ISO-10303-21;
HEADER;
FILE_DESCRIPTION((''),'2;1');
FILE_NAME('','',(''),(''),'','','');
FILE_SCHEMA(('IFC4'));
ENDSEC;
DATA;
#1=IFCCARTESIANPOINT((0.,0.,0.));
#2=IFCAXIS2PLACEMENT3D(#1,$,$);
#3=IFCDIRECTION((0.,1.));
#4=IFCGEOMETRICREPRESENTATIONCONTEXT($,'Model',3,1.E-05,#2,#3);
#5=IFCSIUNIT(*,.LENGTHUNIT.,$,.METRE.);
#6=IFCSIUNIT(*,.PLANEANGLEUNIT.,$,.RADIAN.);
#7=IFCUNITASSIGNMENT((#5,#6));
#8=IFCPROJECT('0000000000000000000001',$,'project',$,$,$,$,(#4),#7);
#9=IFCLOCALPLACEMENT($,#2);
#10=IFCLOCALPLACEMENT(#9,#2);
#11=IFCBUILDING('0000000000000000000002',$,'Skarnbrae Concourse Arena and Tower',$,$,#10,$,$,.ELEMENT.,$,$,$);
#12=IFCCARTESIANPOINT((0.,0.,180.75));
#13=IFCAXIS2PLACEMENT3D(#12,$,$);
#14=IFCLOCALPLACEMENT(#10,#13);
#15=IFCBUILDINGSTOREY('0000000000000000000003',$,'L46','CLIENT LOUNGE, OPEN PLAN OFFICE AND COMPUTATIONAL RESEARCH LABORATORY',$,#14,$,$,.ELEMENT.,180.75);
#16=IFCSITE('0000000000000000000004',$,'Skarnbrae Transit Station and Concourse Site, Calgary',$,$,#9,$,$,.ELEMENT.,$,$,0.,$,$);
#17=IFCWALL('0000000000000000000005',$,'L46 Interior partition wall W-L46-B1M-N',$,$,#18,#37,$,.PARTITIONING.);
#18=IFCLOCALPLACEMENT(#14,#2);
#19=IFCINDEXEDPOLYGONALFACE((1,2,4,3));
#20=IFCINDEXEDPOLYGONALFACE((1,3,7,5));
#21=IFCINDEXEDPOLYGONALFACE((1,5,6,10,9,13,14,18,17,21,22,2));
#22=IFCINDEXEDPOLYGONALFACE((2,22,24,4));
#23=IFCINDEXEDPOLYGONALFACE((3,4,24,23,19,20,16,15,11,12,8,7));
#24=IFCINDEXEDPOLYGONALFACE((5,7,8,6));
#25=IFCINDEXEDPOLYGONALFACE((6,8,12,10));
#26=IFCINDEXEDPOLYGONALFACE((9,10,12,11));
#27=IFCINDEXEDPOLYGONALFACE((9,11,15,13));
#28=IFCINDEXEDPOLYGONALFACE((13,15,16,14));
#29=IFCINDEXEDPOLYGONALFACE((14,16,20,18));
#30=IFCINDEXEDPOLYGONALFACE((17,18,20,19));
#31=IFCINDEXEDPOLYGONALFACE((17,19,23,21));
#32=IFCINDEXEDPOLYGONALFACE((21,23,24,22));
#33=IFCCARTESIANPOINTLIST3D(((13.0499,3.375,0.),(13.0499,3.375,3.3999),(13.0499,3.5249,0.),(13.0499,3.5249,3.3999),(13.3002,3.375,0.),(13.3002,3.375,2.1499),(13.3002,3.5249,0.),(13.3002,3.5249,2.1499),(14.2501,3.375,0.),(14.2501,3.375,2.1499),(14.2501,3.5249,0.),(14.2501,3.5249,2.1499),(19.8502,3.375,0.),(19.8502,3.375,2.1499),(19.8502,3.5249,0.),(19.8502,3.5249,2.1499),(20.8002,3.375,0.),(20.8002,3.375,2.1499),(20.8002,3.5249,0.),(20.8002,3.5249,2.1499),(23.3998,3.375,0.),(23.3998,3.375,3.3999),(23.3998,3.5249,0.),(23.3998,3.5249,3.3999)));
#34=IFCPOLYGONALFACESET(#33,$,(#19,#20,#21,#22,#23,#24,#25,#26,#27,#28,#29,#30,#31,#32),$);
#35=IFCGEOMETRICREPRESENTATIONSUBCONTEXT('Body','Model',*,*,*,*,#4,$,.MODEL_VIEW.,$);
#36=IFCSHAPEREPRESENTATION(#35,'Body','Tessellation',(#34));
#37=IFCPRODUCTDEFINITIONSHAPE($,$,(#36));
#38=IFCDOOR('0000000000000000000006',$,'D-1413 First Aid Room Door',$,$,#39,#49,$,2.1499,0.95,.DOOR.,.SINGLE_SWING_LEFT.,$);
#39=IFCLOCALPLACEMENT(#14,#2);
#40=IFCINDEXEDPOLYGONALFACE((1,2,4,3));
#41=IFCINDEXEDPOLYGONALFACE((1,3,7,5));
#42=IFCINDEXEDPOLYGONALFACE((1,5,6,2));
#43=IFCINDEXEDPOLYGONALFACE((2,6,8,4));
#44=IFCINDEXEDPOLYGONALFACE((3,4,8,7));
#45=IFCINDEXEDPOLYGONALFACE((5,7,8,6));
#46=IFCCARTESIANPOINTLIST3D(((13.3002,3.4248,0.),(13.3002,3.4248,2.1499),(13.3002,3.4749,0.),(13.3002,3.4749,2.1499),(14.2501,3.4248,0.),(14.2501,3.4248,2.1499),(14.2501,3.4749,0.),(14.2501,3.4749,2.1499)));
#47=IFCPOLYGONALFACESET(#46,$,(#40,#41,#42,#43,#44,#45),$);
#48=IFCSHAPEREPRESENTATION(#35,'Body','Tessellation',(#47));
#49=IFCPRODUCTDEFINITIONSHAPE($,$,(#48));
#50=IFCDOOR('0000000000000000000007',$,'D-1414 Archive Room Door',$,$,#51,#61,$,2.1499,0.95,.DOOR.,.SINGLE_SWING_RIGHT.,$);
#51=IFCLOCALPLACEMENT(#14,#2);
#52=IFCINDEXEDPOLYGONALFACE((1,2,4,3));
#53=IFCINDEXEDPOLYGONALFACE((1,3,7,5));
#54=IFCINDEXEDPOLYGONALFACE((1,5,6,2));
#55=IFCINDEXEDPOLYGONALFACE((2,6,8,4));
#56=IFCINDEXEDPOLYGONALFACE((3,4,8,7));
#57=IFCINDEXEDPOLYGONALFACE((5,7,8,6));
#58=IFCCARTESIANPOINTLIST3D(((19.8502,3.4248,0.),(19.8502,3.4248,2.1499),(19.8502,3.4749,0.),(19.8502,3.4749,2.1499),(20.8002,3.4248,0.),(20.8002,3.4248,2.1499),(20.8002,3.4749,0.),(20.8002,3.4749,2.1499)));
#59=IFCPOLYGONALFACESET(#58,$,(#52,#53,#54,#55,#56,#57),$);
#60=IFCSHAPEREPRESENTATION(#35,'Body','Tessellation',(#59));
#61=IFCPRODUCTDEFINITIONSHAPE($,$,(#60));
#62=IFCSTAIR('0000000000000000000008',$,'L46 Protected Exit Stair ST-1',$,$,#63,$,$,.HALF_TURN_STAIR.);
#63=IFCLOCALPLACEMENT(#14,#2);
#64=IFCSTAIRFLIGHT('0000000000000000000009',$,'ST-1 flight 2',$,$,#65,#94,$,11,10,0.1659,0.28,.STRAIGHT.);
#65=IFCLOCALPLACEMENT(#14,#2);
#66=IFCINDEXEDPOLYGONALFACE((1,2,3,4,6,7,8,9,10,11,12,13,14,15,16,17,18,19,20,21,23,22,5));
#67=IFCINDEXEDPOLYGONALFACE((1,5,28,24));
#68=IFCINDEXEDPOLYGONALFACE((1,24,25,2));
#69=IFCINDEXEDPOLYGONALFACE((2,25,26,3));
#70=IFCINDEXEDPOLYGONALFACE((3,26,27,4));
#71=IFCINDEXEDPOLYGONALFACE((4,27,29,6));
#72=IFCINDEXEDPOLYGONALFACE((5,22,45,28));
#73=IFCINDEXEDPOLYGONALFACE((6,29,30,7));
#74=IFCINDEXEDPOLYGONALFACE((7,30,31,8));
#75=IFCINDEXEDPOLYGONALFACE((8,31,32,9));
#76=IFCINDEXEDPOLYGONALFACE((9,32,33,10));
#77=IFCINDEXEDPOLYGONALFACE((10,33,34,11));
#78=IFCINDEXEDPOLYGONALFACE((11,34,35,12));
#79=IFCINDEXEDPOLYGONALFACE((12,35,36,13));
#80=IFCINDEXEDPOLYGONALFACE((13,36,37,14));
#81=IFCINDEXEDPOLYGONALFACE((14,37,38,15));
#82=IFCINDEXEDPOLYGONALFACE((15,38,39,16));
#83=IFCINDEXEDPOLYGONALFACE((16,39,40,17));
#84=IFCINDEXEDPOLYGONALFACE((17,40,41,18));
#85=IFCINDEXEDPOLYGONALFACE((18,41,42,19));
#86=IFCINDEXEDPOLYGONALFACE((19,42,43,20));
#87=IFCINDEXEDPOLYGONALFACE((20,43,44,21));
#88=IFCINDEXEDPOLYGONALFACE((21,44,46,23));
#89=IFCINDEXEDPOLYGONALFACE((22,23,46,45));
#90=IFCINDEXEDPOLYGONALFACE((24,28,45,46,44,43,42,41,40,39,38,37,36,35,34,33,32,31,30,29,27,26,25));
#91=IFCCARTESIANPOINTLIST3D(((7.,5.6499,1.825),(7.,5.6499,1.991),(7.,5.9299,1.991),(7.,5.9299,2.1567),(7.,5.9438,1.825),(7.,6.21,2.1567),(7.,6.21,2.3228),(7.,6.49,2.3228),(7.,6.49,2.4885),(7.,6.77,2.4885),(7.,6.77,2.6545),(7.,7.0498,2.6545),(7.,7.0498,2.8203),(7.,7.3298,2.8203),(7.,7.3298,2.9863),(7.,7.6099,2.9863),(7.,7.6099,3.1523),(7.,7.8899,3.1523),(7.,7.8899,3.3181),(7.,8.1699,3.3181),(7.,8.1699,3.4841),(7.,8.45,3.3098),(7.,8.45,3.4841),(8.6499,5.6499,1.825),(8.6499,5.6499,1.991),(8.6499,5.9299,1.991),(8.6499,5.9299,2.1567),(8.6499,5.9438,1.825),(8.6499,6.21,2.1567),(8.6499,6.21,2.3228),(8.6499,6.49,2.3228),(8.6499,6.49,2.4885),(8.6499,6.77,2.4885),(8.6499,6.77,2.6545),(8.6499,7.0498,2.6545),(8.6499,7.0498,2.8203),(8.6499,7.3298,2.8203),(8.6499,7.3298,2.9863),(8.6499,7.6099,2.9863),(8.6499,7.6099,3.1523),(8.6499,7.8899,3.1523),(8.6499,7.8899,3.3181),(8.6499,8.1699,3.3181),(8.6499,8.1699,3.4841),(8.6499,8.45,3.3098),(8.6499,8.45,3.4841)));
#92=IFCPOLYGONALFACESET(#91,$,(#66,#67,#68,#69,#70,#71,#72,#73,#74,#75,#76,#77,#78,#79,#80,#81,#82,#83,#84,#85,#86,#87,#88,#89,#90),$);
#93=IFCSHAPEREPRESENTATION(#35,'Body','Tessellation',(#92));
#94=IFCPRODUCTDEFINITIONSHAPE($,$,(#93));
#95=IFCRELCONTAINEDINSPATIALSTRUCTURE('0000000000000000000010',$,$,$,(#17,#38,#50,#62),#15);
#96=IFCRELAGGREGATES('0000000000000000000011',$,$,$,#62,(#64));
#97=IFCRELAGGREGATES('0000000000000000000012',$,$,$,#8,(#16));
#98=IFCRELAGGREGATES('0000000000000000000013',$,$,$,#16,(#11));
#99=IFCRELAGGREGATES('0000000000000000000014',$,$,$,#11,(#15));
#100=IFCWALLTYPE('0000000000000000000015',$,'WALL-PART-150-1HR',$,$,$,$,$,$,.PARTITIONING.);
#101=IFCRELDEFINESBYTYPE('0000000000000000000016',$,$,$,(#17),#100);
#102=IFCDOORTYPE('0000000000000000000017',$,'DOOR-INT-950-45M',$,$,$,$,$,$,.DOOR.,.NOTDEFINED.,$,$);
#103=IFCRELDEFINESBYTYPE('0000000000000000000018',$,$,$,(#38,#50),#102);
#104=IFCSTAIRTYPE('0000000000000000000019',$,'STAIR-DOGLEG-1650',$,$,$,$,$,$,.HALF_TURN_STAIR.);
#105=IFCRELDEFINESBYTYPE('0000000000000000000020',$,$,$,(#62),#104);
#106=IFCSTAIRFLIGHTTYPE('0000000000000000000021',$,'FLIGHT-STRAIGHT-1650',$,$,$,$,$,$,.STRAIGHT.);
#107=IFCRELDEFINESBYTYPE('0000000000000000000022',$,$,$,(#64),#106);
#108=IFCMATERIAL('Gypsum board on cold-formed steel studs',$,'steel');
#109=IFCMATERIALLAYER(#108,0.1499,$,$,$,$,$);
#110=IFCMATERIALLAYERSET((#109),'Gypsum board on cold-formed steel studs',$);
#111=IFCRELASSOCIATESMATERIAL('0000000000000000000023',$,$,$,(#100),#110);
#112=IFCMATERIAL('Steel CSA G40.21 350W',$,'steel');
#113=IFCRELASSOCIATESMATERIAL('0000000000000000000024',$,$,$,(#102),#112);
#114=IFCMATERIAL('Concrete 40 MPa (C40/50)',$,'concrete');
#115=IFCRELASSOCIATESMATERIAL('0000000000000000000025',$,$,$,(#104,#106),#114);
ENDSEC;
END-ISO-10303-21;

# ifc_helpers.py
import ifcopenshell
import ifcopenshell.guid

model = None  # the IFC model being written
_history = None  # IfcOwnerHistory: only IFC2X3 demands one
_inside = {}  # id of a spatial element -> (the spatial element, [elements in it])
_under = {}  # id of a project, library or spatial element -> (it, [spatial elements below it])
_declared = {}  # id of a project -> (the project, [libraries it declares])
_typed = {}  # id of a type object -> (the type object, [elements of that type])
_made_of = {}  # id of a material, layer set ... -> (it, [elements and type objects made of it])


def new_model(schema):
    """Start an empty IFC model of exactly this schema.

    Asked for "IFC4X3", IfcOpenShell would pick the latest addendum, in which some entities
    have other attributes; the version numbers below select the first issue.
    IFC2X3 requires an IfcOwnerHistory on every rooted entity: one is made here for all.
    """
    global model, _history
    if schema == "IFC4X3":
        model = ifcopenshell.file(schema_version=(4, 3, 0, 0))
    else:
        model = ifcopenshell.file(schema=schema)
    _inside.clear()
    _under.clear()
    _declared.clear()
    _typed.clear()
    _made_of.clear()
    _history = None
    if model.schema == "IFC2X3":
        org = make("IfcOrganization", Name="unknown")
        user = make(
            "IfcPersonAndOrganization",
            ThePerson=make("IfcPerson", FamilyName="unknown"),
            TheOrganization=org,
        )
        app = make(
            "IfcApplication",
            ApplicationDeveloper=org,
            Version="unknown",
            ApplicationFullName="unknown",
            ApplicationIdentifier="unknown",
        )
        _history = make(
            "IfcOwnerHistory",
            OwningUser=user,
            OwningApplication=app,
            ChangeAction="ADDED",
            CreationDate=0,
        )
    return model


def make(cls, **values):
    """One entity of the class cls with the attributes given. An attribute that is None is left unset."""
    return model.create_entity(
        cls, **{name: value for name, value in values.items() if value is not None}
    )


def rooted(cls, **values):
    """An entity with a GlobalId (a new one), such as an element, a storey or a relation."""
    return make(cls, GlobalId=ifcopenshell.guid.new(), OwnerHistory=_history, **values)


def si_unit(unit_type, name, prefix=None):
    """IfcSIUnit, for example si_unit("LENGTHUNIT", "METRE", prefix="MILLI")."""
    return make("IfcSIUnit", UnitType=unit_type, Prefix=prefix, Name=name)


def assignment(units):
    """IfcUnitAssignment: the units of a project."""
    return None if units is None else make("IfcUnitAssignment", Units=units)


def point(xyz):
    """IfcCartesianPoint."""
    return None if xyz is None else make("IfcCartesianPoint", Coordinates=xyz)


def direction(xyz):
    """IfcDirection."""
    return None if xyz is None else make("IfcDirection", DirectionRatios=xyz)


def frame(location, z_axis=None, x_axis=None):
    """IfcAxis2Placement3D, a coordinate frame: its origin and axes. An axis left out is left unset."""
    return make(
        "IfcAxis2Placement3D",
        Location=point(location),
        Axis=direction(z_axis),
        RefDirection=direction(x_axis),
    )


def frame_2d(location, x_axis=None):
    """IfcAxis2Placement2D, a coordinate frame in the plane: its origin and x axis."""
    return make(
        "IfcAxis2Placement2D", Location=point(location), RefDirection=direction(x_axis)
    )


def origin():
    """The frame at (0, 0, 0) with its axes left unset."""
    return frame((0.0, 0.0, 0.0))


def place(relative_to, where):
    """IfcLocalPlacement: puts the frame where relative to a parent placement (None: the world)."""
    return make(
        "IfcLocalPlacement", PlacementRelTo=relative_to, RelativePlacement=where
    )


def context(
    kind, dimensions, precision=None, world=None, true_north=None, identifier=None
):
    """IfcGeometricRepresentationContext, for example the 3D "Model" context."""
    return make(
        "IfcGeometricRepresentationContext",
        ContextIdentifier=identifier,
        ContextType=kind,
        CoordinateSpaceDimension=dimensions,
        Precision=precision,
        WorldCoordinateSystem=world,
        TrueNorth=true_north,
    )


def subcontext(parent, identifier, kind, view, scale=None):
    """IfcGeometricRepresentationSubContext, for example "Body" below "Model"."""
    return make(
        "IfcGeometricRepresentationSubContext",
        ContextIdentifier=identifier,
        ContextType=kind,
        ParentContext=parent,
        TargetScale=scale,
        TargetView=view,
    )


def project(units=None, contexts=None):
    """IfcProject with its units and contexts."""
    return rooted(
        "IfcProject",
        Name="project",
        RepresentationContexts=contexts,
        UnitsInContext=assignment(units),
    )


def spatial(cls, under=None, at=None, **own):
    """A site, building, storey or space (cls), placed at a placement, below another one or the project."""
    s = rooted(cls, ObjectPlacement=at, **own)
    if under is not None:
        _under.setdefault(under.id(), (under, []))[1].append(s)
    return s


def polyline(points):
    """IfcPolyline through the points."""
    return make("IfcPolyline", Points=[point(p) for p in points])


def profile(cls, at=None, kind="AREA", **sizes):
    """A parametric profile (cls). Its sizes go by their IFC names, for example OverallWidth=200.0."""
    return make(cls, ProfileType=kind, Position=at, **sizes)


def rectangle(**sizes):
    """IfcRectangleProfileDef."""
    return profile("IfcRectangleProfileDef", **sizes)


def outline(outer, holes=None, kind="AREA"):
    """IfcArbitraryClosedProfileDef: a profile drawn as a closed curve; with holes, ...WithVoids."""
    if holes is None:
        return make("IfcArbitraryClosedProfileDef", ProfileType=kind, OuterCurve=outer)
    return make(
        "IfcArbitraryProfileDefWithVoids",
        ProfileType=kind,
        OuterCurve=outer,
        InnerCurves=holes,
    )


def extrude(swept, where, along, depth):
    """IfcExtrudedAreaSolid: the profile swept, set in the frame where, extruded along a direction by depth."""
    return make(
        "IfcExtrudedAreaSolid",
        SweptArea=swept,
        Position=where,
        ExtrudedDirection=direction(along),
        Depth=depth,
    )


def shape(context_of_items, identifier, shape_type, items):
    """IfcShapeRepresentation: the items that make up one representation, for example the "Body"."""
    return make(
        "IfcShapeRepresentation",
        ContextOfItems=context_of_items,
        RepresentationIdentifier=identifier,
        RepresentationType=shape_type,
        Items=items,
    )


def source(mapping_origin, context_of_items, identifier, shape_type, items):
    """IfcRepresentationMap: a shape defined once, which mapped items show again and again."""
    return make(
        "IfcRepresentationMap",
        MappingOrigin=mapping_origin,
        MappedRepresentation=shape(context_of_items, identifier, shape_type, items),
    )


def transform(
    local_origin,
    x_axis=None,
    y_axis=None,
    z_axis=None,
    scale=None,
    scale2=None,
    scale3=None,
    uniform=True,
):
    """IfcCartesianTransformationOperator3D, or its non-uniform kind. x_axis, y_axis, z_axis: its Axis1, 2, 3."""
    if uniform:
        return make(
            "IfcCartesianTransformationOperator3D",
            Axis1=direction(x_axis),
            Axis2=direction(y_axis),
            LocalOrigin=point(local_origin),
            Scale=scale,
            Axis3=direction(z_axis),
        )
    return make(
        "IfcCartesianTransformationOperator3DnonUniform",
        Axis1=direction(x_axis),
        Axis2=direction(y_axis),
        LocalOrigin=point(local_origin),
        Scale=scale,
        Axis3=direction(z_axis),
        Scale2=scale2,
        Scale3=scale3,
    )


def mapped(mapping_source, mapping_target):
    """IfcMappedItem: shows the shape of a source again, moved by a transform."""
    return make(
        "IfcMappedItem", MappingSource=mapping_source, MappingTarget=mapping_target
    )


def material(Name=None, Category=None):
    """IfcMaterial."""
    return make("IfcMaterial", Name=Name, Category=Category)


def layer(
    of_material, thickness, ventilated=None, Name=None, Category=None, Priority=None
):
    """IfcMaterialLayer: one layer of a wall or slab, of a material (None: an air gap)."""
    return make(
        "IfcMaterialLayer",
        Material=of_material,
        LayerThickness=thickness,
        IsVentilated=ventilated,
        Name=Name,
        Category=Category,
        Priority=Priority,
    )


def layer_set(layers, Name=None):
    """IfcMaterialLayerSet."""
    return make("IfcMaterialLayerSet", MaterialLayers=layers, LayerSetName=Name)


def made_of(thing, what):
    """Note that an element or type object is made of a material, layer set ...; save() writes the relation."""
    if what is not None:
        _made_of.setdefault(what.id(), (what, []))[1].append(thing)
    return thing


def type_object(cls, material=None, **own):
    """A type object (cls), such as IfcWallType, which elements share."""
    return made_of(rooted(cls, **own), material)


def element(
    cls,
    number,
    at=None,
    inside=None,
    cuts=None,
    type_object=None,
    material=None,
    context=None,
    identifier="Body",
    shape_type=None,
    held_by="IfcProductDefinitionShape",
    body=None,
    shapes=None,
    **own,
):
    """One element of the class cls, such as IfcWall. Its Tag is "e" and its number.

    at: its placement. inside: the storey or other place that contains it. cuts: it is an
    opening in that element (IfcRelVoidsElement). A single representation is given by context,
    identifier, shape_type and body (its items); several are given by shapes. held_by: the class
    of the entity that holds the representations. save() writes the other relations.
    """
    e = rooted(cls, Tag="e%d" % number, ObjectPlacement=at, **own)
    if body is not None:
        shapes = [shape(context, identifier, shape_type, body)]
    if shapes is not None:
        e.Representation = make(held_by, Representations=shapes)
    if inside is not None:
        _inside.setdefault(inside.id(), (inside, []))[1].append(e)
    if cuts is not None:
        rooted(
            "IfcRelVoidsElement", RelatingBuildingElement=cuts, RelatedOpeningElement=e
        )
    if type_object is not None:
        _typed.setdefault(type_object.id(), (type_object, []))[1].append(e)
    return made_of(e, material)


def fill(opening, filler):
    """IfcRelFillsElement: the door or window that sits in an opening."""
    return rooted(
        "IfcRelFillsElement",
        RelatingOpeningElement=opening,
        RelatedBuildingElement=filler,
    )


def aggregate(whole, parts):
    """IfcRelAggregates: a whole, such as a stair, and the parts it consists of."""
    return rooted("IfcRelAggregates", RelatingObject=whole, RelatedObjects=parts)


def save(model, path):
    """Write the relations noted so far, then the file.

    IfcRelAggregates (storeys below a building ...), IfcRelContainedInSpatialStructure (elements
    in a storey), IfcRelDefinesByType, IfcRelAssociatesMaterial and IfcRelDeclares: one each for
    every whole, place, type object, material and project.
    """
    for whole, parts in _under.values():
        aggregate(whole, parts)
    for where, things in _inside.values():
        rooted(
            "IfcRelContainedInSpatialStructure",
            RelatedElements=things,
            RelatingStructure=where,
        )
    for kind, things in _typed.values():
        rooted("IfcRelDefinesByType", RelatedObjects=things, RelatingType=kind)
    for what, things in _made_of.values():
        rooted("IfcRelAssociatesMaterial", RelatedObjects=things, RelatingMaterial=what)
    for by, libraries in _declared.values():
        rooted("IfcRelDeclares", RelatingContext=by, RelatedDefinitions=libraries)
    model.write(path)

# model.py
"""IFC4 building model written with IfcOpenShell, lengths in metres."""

from ifc_helpers import new_model, si_unit, direction, frame, frame_2d, origin, place, context, subcontext, project, spatial, polyline, rectangle, outline, extrude, source, transform, mapped, material, layer, layer_set, type_object, element, fill, aggregate, save


model = new_model("IFC4")

# Units and contexts
model_context = context("Model", 3, precision=1e-05, world=origin(), true_north=direction((0.0, 1.0)))
body_context = subcontext(model_context, "Body", "Model", "MODEL_VIEW")
ifc_project = project(units=[si_unit("LENGTHUNIT", "METRE"), si_unit("PLANEANGLEUNIT", "RADIAN")], contexts=[model_context])

# Site, building, storey
site_placement = place(None, origin())
site = spatial("IfcSite", under=ifc_project, at=site_placement, Name="Skarnbrae Transit Station and Concourse Site, Calgary", CompositionType="ELEMENT", RefElevation=0.0)
building_placement = place(site_placement, origin())
building = spatial("IfcBuilding", under=site, at=building_placement, Name="Skarnbrae Concourse Arena and Tower", CompositionType="ELEMENT")
storey_placement = place(building_placement, frame((0.0, 0.0, 180.75)))
storey = spatial("IfcBuildingStorey", under=building, at=storey_placement, Name="L46", Description="CLIENT LOUNGE, OPEN PLAN OFFICE AND COMPUTATIONAL RESEARCH LABORATORY", CompositionType="ELEMENT", Elevation=180.75)

# Shared definitions
ifc_material_1 = material(Name="Gypsum board on cold-formed steel studs", Category="steel")

# Shared definitions
ifc_material_2 = material(Name="Steel CSA G40.21 350W", Category="steel")

# Shared definitions
ifc_layer_1 = layer(ifc_material_1, 0.1499)
ifc_layer_set_1 = layer_set([ifc_layer_1], Name="Gypsum board on cold-formed steel studs")
wall_type_1 = type_object("IfcWallType", Name="WALL-PART-150-1HR", PredefinedType="PARTITIONING", material=ifc_layer_set_1)

# Wall, openings, doors
shared_shape_1 = source(origin(), body_context, "Body", "SweptSolid", [
    extrude(rectangle(XDim=10.3499, YDim=0.1499, at=frame_2d((5.1748, 0.0))), origin(), (0.0, 0.0, 1.0), 3.3999),
])
wall_1_placement = place(storey_placement, frame((13.05, 3.45, 0.0), z_axis=(0.0, 0.0, 1.0), x_axis=(1.0, 0.0, 0.0)))
wall_1 = element("IfcWall", 1, at=wall_1_placement, inside=storey, type_object=wall_type_1, Name="L46 Interior partition wall W-L46-B1M-N", PredefinedType="PARTITIONING", context=body_context, shape_type="MappedRepresentation", body=[
    mapped(shared_shape_1, transform((0.0, 0.0, 0.0))),
])
opening_1_placement = place(wall_1_placement, frame((0.25, 0.0, 0.0)))
opening_1 = element("IfcOpeningElement", 2, at=opening_1_placement, cuts=wall_1, PredefinedType="OPENING", context=body_context, shape_type="SweptSolid", body=[
    extrude(rectangle(XDim=0.95, YDim=2.1499, at=frame_2d((0.4751, 1.075))), frame((0.0, 0.085, 0.0), z_axis=(0.0, -1.0, 0.0), x_axis=(1.0, 0.0, 0.0)), (0.0, 0.0, 1.0), 0.1699),
])
opening_2_placement = place(wall_1_placement, frame((6.8, 0.0, 0.0)))
opening_2 = element("IfcOpeningElement", 3, at=opening_2_placement, cuts=wall_1, PredefinedType="OPENING", context=body_context, shape_type="SweptSolid", body=[
    extrude(rectangle(XDim=0.95, YDim=2.1499, at=frame_2d((0.4751, 1.075))), frame((0.0, 0.085, 0.0), z_axis=(0.0, -1.0, 0.0), x_axis=(1.0, 0.0, 0.0)), (0.0, 0.0, 1.0), 0.1699),
])
door_type_1 = type_object("IfcDoorType", Name="DOOR-INT-950-45M", OperationType="NOTDEFINED", PredefinedType="DOOR", material=ifc_material_2)
shared_shape_2 = source(origin(), body_context, "Body", "SweptSolid", [
    extrude(rectangle(XDim=0.95, YDim=2.1499, at=frame_2d((0.4751, 1.075))), frame((0.0, 0.0249, 0.0), z_axis=(0.0, -1.0, 0.0), x_axis=(1.0, 0.0, 0.0)), (0.0, 0.0, 1.0), 0.05),
])
door_1_placement = place(opening_1_placement, origin())
door_1 = element("IfcDoor", 4, at=door_1_placement, inside=storey, type_object=door_type_1, Name="D-1413 First Aid Room Door", OperationType="SINGLE_SWING_LEFT", OverallHeight=2.1499, OverallWidth=0.95, PredefinedType="DOOR", context=body_context, shape_type="MappedRepresentation", body=[
    mapped(shared_shape_2, transform((0.0, 0.0, 0.0))),
])
fill(opening_1, door_1)
door_2_placement = place(opening_2_placement, origin())
door_2 = element("IfcDoor", 5, at=door_2_placement, inside=storey, type_object=door_type_1, Name="D-1414 Archive Room Door", OperationType="SINGLE_SWING_RIGHT", OverallHeight=2.1499, OverallWidth=0.95, PredefinedType="DOOR", context=body_context, shape_type="MappedRepresentation", body=[
    mapped(shared_shape_2, transform((0.0, 0.0, 0.0))),
])
fill(opening_2, door_2)

# Stair, stair flight
ifc_material_3 = material(Name="Concrete 40 MPa (C40/50)", Category="concrete")
stair_type = type_object("IfcStairType", Name="STAIR-DOGLEG-1650", PredefinedType="HALF_TURN_STAIR", material=ifc_material_3)
stair_placement = place(storey_placement, origin())
stair = element("IfcStair", 6, at=stair_placement, inside=storey, type_object=stair_type, Name="L46 Protected Exit Stair ST-1", PredefinedType="HALF_TURN_STAIR")
stair_flight_type = type_object("IfcStairFlightType", Name="FLIGHT-STRAIGHT-1650", PredefinedType="STRAIGHT", material=ifc_material_3)
shared_shape_3 = source(origin(), body_context, "Body", "SweptSolid", [
    extrude(outline(polyline([(0.0, 0.0), (0.0, 0.166), (0.28, 0.166), (0.28, 0.3318), (0.5601, 0.3318), (0.5601, 0.4978), (0.8401, 0.4978), (0.8401, 0.6636), (1.1201, 0.6636), (1.1201, 0.8296), (1.3999, 0.8296), (1.3999, 0.9954), (1.6799, 0.9954), (1.6799, 1.1614), (1.96, 1.1614), (1.96, 1.3274), (2.24, 1.3274), (2.24, 1.4932), (2.52, 1.4932), (2.52, 1.6592), (2.8, 1.6592), (2.8, 1.825), (2.8, 1.4849), (0.2939, 0.0), (0.0, 0.0)])), frame((0.0, 0.825, 0.0), z_axis=(0.0, -1.0, 0.0), x_axis=(1.0, 0.0, 0.0)), (0.0, 0.0, 1.0), 1.6499),
])
stair_flight_placement = place(storey_placement, frame((7.825, 5.6499, 1.825), z_axis=(0.0, 0.0, 1.0), x_axis=(0.0, 1.0, 0.0)))
stair_flight = element("IfcStairFlight", 7, at=stair_flight_placement, type_object=stair_flight_type, Name="ST-1 flight 2", NumberOfRisers=11, NumberOfTreads=10, PredefinedType="STRAIGHT", RiserHeight=0.1659, TreadLength=0.28, context=body_context, shape_type="MappedRepresentation", body=[
    mapped(shared_shape_3, transform((0.0, 0.0, 0.0))),
])
aggregate(stair, [stair_flight])

save(model, "model.ifc")
